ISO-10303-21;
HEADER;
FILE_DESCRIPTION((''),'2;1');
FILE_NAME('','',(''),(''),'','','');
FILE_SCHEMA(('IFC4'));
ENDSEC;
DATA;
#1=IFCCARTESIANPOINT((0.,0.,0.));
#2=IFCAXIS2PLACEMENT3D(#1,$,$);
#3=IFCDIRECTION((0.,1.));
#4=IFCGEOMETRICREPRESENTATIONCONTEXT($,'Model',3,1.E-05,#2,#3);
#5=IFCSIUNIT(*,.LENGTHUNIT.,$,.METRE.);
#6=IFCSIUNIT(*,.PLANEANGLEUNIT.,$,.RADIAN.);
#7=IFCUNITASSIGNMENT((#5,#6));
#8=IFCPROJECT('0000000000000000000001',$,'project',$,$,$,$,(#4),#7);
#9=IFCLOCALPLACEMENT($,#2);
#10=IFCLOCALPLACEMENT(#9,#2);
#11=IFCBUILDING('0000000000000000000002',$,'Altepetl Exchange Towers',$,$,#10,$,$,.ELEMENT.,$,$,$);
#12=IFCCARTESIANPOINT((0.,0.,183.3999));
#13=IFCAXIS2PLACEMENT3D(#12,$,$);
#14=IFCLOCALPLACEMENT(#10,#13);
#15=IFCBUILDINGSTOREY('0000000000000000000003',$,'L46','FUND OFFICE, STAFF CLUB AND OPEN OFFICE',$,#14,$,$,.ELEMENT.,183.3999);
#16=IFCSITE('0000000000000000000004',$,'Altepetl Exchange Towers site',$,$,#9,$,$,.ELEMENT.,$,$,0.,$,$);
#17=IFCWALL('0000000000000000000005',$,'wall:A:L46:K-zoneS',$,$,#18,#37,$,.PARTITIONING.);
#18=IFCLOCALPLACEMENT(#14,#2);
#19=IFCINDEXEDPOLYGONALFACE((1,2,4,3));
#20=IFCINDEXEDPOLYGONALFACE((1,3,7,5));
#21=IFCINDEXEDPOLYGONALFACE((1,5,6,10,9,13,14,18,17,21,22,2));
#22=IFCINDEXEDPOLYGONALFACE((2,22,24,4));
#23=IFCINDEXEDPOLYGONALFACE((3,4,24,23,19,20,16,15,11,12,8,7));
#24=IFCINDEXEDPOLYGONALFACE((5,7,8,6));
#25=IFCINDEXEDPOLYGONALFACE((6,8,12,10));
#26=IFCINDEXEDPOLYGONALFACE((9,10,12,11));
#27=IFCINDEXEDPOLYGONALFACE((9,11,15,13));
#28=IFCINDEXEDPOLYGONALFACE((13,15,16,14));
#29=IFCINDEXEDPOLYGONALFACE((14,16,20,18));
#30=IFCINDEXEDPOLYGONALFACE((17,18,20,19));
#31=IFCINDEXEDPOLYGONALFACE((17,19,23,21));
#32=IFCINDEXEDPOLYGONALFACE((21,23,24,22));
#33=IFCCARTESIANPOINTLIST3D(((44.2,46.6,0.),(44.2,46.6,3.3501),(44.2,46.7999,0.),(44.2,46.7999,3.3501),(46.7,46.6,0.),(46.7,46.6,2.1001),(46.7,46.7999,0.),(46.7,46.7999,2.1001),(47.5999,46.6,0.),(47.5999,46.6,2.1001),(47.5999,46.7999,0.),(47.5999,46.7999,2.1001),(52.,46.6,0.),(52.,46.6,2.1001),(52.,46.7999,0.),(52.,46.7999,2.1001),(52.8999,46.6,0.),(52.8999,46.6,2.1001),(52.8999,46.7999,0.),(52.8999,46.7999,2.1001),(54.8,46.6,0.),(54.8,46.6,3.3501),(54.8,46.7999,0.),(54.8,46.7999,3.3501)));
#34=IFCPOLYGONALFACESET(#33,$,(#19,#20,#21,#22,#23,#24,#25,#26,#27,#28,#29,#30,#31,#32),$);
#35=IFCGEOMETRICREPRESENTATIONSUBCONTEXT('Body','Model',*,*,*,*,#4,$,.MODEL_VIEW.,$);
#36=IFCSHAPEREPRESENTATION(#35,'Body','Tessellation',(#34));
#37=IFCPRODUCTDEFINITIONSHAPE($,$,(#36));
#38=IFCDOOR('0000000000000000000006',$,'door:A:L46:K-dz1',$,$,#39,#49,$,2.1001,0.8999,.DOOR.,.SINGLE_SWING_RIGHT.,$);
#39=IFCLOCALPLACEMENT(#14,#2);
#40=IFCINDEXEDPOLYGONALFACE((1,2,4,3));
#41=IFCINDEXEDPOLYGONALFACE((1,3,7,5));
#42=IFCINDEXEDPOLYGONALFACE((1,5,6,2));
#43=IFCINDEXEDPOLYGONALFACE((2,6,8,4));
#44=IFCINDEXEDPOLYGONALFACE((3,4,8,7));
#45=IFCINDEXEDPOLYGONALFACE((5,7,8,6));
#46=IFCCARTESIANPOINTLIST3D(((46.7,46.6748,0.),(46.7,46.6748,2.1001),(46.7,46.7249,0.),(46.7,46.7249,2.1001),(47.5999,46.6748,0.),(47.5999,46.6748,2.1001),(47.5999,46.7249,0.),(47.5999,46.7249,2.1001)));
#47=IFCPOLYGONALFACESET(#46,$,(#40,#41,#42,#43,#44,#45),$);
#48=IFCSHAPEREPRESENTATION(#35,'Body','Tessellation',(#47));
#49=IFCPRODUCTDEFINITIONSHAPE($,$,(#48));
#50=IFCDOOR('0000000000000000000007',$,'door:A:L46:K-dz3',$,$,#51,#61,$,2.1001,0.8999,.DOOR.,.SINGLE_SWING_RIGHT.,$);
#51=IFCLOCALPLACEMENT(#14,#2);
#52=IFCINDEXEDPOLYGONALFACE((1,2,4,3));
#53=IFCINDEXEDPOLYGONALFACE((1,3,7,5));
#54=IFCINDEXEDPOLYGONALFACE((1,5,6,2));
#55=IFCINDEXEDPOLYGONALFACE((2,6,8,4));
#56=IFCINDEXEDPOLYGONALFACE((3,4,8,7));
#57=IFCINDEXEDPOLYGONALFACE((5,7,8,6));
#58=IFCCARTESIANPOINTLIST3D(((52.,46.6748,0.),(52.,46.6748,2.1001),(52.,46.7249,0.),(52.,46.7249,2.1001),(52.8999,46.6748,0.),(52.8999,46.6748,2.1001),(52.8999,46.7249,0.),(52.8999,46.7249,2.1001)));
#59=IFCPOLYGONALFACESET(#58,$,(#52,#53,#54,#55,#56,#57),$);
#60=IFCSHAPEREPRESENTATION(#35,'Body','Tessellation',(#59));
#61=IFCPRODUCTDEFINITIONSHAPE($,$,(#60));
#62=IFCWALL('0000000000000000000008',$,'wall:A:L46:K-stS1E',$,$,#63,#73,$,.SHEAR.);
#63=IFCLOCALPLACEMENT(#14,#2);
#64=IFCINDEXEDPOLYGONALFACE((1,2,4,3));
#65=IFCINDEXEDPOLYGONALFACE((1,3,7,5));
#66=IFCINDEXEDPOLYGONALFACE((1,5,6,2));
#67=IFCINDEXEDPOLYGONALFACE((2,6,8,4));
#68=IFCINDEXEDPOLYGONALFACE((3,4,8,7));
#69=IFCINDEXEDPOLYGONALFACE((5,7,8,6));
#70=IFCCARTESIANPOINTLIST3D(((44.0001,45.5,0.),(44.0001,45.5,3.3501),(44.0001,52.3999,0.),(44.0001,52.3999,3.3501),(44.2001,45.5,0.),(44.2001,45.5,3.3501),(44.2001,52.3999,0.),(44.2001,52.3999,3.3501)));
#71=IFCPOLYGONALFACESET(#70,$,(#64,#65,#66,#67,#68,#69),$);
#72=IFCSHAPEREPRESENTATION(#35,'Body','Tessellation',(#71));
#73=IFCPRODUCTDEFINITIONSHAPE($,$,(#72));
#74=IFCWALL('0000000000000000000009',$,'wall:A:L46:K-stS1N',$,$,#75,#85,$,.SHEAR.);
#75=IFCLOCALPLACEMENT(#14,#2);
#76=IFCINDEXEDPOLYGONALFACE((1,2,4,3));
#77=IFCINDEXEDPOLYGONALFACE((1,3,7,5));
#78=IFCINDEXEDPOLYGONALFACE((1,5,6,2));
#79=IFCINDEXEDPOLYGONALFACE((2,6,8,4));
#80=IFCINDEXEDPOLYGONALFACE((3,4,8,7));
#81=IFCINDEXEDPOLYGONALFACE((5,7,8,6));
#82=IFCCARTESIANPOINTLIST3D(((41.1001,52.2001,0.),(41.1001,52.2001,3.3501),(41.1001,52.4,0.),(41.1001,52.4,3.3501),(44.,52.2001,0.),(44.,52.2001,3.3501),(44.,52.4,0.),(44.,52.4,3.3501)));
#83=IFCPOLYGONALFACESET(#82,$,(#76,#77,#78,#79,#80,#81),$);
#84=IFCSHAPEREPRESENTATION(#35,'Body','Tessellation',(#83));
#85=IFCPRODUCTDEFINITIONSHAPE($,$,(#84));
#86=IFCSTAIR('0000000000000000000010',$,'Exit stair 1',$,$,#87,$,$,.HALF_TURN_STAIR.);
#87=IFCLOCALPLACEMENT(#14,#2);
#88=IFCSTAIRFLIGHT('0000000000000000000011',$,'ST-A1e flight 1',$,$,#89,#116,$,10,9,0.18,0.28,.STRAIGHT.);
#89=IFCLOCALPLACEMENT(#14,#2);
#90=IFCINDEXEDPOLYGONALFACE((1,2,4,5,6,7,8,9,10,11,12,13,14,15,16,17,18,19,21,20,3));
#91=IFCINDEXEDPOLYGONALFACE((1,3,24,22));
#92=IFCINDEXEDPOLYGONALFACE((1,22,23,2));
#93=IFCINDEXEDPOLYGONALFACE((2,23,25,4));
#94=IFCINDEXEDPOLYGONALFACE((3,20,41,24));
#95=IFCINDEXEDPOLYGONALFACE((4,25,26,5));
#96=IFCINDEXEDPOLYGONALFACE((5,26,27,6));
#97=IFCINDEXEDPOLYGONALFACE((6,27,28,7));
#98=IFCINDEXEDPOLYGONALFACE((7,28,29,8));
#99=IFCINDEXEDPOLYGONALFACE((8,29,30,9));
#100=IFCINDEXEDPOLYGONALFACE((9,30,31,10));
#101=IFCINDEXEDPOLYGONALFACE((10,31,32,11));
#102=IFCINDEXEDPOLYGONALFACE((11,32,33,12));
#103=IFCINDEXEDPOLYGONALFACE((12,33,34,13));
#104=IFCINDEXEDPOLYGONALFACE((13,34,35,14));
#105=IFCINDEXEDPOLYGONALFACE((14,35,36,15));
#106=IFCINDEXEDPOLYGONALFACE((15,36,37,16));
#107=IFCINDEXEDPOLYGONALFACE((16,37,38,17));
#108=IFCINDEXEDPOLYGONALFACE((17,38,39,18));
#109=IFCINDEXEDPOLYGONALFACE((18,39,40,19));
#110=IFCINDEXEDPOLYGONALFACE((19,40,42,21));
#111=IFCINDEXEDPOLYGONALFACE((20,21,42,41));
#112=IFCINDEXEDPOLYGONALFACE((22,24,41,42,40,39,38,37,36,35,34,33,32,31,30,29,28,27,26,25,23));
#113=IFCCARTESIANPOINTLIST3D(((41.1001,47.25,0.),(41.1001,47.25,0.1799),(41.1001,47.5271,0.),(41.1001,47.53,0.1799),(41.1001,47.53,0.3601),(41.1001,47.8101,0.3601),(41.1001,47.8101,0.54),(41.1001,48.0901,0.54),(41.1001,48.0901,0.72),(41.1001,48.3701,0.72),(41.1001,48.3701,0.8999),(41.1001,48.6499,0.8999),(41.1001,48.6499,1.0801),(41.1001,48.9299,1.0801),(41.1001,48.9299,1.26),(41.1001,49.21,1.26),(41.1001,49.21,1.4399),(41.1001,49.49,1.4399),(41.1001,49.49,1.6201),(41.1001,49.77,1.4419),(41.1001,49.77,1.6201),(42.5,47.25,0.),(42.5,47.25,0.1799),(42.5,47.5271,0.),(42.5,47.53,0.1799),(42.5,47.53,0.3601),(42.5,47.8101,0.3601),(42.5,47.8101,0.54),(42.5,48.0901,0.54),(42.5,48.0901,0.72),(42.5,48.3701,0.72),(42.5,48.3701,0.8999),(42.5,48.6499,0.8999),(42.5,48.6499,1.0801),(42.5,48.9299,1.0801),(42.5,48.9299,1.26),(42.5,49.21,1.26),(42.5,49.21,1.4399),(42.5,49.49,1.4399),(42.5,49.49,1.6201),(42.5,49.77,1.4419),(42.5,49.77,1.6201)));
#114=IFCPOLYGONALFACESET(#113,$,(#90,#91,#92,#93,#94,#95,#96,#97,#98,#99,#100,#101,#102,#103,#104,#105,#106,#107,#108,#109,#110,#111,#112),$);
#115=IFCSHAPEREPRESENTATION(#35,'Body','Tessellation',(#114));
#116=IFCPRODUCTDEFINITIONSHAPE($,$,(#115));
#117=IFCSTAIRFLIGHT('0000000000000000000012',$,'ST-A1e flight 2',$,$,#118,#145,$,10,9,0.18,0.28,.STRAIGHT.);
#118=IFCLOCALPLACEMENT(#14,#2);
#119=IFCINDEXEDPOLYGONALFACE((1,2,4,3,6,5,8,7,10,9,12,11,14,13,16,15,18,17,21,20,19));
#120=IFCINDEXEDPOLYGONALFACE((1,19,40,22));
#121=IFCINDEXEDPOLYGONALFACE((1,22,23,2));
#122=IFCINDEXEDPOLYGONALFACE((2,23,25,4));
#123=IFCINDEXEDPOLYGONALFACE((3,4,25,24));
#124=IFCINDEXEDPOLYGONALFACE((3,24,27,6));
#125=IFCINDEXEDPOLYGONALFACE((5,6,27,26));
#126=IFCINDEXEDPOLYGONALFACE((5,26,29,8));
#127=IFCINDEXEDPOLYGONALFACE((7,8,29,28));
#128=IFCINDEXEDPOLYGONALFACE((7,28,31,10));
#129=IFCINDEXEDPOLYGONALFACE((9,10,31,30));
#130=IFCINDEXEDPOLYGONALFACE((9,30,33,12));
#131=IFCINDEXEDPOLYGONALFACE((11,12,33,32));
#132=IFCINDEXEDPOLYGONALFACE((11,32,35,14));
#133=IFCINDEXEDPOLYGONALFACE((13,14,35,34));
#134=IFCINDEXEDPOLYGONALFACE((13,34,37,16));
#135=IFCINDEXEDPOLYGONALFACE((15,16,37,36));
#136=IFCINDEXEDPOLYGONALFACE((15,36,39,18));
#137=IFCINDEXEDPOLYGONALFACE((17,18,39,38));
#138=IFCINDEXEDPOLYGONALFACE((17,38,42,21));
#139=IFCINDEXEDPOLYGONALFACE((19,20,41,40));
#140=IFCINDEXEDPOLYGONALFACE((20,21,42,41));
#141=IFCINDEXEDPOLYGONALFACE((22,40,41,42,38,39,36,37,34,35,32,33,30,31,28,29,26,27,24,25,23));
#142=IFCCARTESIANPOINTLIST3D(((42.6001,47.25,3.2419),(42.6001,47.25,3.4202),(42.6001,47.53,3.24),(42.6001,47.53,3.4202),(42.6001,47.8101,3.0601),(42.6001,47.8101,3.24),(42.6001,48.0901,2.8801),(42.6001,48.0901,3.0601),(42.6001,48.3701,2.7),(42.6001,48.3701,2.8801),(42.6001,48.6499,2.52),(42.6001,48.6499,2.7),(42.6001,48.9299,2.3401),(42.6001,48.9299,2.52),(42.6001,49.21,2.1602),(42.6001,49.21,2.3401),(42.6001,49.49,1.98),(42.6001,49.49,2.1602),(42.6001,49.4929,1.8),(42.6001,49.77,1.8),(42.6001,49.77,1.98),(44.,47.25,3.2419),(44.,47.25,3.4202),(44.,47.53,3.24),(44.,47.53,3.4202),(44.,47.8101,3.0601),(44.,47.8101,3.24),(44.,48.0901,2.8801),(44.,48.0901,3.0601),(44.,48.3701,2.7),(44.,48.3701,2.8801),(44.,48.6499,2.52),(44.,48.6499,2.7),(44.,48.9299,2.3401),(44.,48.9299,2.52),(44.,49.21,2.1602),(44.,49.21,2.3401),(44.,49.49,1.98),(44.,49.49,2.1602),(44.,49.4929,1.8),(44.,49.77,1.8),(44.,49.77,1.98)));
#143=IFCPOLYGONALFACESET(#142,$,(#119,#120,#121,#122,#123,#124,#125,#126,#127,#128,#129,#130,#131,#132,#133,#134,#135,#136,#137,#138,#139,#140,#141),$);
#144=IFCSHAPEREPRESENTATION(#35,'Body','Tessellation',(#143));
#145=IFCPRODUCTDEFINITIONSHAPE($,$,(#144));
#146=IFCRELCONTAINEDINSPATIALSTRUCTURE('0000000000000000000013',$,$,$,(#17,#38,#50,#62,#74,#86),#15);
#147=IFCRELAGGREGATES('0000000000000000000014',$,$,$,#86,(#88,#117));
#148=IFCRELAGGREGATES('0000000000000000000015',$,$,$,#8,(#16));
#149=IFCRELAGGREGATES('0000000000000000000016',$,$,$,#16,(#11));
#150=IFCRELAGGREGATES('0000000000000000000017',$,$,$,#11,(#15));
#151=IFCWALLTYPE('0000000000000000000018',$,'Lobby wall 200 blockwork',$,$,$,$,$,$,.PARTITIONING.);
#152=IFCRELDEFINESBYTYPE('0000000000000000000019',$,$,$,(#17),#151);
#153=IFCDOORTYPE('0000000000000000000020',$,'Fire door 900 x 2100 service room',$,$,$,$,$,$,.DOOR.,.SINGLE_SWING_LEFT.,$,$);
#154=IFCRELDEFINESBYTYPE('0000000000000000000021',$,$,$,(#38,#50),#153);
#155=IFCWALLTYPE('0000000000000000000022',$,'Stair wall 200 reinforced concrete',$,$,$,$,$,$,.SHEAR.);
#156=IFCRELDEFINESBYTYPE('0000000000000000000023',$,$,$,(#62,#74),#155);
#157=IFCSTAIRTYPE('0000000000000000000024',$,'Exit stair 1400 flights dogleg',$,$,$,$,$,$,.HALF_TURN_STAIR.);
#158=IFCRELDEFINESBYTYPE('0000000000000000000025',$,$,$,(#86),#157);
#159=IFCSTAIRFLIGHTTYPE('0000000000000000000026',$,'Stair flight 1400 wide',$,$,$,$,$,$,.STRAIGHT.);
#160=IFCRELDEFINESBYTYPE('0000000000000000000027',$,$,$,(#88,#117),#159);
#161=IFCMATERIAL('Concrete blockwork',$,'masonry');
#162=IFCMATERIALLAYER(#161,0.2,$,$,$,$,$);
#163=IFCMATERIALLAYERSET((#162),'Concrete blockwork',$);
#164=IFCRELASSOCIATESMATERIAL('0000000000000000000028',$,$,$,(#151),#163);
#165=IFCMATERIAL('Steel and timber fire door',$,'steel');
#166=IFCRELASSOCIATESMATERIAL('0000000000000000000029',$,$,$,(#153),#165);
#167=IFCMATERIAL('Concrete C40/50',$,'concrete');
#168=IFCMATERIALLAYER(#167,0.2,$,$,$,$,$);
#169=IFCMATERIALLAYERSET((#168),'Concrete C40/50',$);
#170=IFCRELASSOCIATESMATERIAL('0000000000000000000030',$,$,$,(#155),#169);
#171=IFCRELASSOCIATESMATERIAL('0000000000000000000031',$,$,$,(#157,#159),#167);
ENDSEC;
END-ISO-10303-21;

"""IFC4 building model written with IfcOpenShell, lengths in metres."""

from ifc_helpers import new_model, si_unit, direction, frame, frame_2d, origin, place, context, subcontext, project, spatial, polyline, rectangle, outline, extrude, material, layer, layer_set, type_object, element, fill, aggregate, save


model = new_model("IFC4")

# Units and contexts
model_context = context("Model", 3, precision=1e-05, world=origin(), true_north=direction((0.0, 1.0)))
body_context = subcontext(model_context, "Body", "Model", "MODEL_VIEW")
ifc_project = project(units=[si_unit("LENGTHUNIT", "METRE"), si_unit("PLANEANGLEUNIT", "RADIAN")], contexts=[model_context])

# Site, building, storey
site_placement = place(None, origin())
site = spatial("IfcSite", under=ifc_project, at=site_placement, Name="Altepetl Exchange Towers site", CompositionType="ELEMENT", RefElevation=0.0)
building_placement = place(site_placement, origin())
building = spatial("IfcBuilding", under=site, at=building_placement, Name="Altepetl Exchange Towers", CompositionType="ELEMENT")
storey_placement = place(building_placement, frame((0.0, 0.0, 183.3999)))
storey = spatial("IfcBuildingStorey", under=building, at=storey_placement, Name="L46", Description="FUND OFFICE, STAFF CLUB AND OPEN OFFICE", CompositionType="ELEMENT", Elevation=183.3999)

# Shared definitions
ifc_material_1 = material(Name="Concrete blockwork", Category="masonry")
ifc_layer_1 = layer(ifc_material_1, 0.2)
ifc_layer_set_1 = layer_set([ifc_layer_1], Name="Concrete blockwork")
wall_type_1 = type_object("IfcWallType", Name="Lobby wall 200 blockwork", PredefinedType="PARTITIONING", material=ifc_layer_set_1)

# Shared definitions
ifc_material_2 = material(Name="Steel and timber fire door", Category="steel")

# Wall, openings, doors
door_type_1 = type_object("IfcDoorType", Name="Fire door 900 x 2100 service room", OperationType="SINGLE_SWING_LEFT", PredefinedType="DOOR", material=ifc_material_2)
wall_1_placement = place(storey_placement, frame((44.2, 46.7, 0.0)))
wall_1 = element("IfcWall", 1, at=wall_1_placement, inside=storey, type_object=wall_type_1, Name="wall:A:L46:K-zoneS", PredefinedType="PARTITIONING", context=body_context, shape_type="SweptSolid", body=[
    extrude(rectangle(XDim=10.6001, YDim=0.2, at=frame_2d((5.3, 0.0))), origin(), (0.0, 0.0, 1.0), 3.3501),
])
opening_1_placement = place(wall_1_placement, frame((2.5, 0.0, 0.0)))
opening_1 = element("IfcOpeningElement", 2, at=opening_1_placement, cuts=wall_1, PredefinedType="OPENING", context=body_context, shape_type="SweptSolid", body=[
    extrude(rectangle(XDim=0.8999, YDim=2.1001, at=frame_2d((0.45, 1.05))), frame((0.0, 0.1099, 0.0), z_axis=(0.0, -1.0, 0.0), x_axis=(1.0, 0.0, 0.0)), (0.0, 0.0, 1.0), 0.22),
])
opening_2_placement = place(wall_1_placement, frame((7.8, 0.0, 0.0)))
opening_2 = element("IfcOpeningElement", 3, at=opening_2_placement, cuts=wall_1, PredefinedType="OPENING", context=body_context, shape_type="SweptSolid", body=[
    extrude(rectangle(XDim=0.8999, YDim=2.1001, at=frame_2d((0.45, 1.05))), frame((0.0, 0.1099, 0.0), z_axis=(0.0, -1.0, 0.0), x_axis=(1.0, 0.0, 0.0)), (0.0, 0.0, 1.0), 0.22),
])
door_1_placement = place(opening_1_placement, origin())
door_1 = element("IfcDoor", 4, at=door_1_placement, inside=storey, type_object=door_type_1, Name="door:A:L46:K-dz1", OperationType="SINGLE_SWING_RIGHT", OverallHeight=2.1001, OverallWidth=0.8999, PredefinedType="DOOR", context=body_context, shape_type="SweptSolid", body=[
    extrude(rectangle(XDim=0.8999, YDim=2.1001, at=frame_2d((0.45, 1.05))), frame((0.0, 0.0249, 0.0), z_axis=(0.0, -1.0, 0.0), x_axis=(1.0, 0.0, 0.0)), (0.0, 0.0, 1.0), 0.05),
])
fill(opening_1, door_1)
door_2_placement = place(opening_2_placement, origin())
door_2 = element("IfcDoor", 5, at=door_2_placement, inside=storey, type_object=door_type_1, Name="door:A:L46:K-dz3", OperationType="SINGLE_SWING_RIGHT", OverallHeight=2.1001, OverallWidth=0.8999, PredefinedType="DOOR", context=body_context, shape_type="SweptSolid", body=[
    extrude(rectangle(XDim=0.8999, YDim=2.1001, at=frame_2d((0.45, 1.05))), frame((0.0, 0.0249, 0.0), z_axis=(0.0, -1.0, 0.0), x_axis=(1.0, 0.0, 0.0)), (0.0, 0.0, 1.0), 0.05),
])
fill(opening_2, door_2)

# Walls
ifc_material_3 = material(Name="Concrete C40/50", Category="concrete")
ifc_layer_2 = layer(ifc_material_3, 0.2)
ifc_layer_set_2 = layer_set([ifc_layer_2], Name="Concrete C40/50")
wall_type_2 = type_object("IfcWallType", Name="Stair wall 200 reinforced concrete", PredefinedType="SHEAR", material=ifc_layer_set_2)
wall_2_placement = place(storey_placement, frame((44.1001, 45.5, 0.0), z_axis=(0.0, 0.0, 1.0), x_axis=(0.0, 1.0, 0.0)))
element("IfcWall", 6, at=wall_2_placement, inside=storey, type_object=wall_type_2, Name="wall:A:L46:K-stS1E", PredefinedType="SHEAR", context=body_context, shape_type="SweptSolid", body=[
    extrude(rectangle(XDim=6.8999, YDim=0.2, at=frame_2d((3.45, 0.0))), origin(), (0.0, 0.0, 1.0), 3.3501),
])
wall_3_placement = place(storey_placement, frame((41.1001, 52.3, 0.0)))
element("IfcWall", 7, at=wall_3_placement, inside=storey, type_object=wall_type_2, Name="wall:A:L46:K-stS1N", PredefinedType="SHEAR", context=body_context, shape_type="SweptSolid", body=[
    extrude(rectangle(XDim=2.8999, YDim=0.2, at=frame_2d((1.45, 0.0))), origin(), (0.0, 0.0, 1.0), 3.3501),
])

# Stair, stair flights
stair_type = type_object("IfcStairType", Name="Exit stair 1400 flights dogleg", PredefinedType="HALF_TURN_STAIR", material=ifc_material_3)
stair_placement = place(storey_placement, origin())
stair = element("IfcStair", 8, at=stair_placement, inside=storey, type_object=stair_type, Name="Exit stair 1", PredefinedType="HALF_TURN_STAIR")
stair_flight_type = type_object("IfcStairFlightType", Name="Stair flight 1400 wide", PredefinedType="STRAIGHT", material=ifc_material_3)
stair_flight_1_placement = place(storey_placement, frame((41.8, 47.25, 0.0), z_axis=(0.0, 0.0, 1.0), x_axis=(0.0, 1.0, 0.0)))
stair_flight_1 = element("IfcStairFlight", 9, at=stair_flight_1_placement, type_object=stair_flight_type, Name="ST-A1e flight 1", NumberOfRisers=10, NumberOfTreads=9, PredefinedType="STRAIGHT", RiserHeight=0.18, TreadLength=0.28, context=body_context, shape_type="SweptSolid", body=[
    extrude(outline(polyline([(0.0, 0.0), (0.0, 0.1799), (0.28, 0.1799), (0.28, 0.3601), (0.5601, 0.3601), (0.5601, 0.54), (0.8401, 0.54), (0.8401, 0.72), (1.1201, 0.72), (1.1201, 0.8999), (1.3999, 0.8999), (1.3999, 1.0801), (1.6799, 1.0801), (1.6799, 1.26), (1.96, 1.26), (1.96, 1.4399), (2.24, 1.4399), (2.24, 1.6201), (2.52, 1.6201), (2.52, 1.8), (2.52, 1.4419), (0.2771, 0.0), (0.0, 0.0)])), frame((0.0, 0.7, 0.0), z_axis=(0.0, -1.0, 0.0), x_axis=(1.0, 0.0, 0.0)), (0.0, 0.0, 1.0), 1.3999),
])
stair_flight_2_placement = place(storey_placement, frame((43.3, 49.77, 1.8), z_axis=(0.0, 0.0, 1.0), x_axis=(0.0, -1.0, 0.0)))
stair_flight_2 = element("IfcStairFlight", 10, at=stair_flight_2_placement, type_object=stair_flight_type, Name="ST-A1e flight 2", NumberOfRisers=10, NumberOfTreads=9, PredefinedType="STRAIGHT", RiserHeight=0.18, TreadLength=0.28, context=body_context, shape_type="SweptSolid", body=[
    extrude(outline(polyline([(0.0, 0.0), (0.0, 0.1799), (0.28, 0.1799), (0.28, 0.3601), (0.5601, 0.3601), (0.5601, 0.54), (0.8401, 0.54), (0.8401, 0.72), (1.1201, 0.72), (1.1201, 0.8999), (1.3999, 0.8999), (1.3999, 1.0801), (1.6799, 1.0801), (1.6799, 1.26), (1.96, 1.26), (1.96, 1.4399), (2.24, 1.4399), (2.24, 1.6201), (2.52, 1.6201), (2.52, 1.8), (2.52, 1.4419), (0.2771, 0.0), (0.0, 0.0)])), frame((0.0, 0.7, 0.0), z_axis=(0.0, -1.0, 0.0), x_axis=(1.0, 0.0, 0.0)), (0.0, 0.0, 1.0), 1.3999),
])
aggregate(stair, [stair_flight_1, stair_flight_2])

save(model, "model.ifc")
